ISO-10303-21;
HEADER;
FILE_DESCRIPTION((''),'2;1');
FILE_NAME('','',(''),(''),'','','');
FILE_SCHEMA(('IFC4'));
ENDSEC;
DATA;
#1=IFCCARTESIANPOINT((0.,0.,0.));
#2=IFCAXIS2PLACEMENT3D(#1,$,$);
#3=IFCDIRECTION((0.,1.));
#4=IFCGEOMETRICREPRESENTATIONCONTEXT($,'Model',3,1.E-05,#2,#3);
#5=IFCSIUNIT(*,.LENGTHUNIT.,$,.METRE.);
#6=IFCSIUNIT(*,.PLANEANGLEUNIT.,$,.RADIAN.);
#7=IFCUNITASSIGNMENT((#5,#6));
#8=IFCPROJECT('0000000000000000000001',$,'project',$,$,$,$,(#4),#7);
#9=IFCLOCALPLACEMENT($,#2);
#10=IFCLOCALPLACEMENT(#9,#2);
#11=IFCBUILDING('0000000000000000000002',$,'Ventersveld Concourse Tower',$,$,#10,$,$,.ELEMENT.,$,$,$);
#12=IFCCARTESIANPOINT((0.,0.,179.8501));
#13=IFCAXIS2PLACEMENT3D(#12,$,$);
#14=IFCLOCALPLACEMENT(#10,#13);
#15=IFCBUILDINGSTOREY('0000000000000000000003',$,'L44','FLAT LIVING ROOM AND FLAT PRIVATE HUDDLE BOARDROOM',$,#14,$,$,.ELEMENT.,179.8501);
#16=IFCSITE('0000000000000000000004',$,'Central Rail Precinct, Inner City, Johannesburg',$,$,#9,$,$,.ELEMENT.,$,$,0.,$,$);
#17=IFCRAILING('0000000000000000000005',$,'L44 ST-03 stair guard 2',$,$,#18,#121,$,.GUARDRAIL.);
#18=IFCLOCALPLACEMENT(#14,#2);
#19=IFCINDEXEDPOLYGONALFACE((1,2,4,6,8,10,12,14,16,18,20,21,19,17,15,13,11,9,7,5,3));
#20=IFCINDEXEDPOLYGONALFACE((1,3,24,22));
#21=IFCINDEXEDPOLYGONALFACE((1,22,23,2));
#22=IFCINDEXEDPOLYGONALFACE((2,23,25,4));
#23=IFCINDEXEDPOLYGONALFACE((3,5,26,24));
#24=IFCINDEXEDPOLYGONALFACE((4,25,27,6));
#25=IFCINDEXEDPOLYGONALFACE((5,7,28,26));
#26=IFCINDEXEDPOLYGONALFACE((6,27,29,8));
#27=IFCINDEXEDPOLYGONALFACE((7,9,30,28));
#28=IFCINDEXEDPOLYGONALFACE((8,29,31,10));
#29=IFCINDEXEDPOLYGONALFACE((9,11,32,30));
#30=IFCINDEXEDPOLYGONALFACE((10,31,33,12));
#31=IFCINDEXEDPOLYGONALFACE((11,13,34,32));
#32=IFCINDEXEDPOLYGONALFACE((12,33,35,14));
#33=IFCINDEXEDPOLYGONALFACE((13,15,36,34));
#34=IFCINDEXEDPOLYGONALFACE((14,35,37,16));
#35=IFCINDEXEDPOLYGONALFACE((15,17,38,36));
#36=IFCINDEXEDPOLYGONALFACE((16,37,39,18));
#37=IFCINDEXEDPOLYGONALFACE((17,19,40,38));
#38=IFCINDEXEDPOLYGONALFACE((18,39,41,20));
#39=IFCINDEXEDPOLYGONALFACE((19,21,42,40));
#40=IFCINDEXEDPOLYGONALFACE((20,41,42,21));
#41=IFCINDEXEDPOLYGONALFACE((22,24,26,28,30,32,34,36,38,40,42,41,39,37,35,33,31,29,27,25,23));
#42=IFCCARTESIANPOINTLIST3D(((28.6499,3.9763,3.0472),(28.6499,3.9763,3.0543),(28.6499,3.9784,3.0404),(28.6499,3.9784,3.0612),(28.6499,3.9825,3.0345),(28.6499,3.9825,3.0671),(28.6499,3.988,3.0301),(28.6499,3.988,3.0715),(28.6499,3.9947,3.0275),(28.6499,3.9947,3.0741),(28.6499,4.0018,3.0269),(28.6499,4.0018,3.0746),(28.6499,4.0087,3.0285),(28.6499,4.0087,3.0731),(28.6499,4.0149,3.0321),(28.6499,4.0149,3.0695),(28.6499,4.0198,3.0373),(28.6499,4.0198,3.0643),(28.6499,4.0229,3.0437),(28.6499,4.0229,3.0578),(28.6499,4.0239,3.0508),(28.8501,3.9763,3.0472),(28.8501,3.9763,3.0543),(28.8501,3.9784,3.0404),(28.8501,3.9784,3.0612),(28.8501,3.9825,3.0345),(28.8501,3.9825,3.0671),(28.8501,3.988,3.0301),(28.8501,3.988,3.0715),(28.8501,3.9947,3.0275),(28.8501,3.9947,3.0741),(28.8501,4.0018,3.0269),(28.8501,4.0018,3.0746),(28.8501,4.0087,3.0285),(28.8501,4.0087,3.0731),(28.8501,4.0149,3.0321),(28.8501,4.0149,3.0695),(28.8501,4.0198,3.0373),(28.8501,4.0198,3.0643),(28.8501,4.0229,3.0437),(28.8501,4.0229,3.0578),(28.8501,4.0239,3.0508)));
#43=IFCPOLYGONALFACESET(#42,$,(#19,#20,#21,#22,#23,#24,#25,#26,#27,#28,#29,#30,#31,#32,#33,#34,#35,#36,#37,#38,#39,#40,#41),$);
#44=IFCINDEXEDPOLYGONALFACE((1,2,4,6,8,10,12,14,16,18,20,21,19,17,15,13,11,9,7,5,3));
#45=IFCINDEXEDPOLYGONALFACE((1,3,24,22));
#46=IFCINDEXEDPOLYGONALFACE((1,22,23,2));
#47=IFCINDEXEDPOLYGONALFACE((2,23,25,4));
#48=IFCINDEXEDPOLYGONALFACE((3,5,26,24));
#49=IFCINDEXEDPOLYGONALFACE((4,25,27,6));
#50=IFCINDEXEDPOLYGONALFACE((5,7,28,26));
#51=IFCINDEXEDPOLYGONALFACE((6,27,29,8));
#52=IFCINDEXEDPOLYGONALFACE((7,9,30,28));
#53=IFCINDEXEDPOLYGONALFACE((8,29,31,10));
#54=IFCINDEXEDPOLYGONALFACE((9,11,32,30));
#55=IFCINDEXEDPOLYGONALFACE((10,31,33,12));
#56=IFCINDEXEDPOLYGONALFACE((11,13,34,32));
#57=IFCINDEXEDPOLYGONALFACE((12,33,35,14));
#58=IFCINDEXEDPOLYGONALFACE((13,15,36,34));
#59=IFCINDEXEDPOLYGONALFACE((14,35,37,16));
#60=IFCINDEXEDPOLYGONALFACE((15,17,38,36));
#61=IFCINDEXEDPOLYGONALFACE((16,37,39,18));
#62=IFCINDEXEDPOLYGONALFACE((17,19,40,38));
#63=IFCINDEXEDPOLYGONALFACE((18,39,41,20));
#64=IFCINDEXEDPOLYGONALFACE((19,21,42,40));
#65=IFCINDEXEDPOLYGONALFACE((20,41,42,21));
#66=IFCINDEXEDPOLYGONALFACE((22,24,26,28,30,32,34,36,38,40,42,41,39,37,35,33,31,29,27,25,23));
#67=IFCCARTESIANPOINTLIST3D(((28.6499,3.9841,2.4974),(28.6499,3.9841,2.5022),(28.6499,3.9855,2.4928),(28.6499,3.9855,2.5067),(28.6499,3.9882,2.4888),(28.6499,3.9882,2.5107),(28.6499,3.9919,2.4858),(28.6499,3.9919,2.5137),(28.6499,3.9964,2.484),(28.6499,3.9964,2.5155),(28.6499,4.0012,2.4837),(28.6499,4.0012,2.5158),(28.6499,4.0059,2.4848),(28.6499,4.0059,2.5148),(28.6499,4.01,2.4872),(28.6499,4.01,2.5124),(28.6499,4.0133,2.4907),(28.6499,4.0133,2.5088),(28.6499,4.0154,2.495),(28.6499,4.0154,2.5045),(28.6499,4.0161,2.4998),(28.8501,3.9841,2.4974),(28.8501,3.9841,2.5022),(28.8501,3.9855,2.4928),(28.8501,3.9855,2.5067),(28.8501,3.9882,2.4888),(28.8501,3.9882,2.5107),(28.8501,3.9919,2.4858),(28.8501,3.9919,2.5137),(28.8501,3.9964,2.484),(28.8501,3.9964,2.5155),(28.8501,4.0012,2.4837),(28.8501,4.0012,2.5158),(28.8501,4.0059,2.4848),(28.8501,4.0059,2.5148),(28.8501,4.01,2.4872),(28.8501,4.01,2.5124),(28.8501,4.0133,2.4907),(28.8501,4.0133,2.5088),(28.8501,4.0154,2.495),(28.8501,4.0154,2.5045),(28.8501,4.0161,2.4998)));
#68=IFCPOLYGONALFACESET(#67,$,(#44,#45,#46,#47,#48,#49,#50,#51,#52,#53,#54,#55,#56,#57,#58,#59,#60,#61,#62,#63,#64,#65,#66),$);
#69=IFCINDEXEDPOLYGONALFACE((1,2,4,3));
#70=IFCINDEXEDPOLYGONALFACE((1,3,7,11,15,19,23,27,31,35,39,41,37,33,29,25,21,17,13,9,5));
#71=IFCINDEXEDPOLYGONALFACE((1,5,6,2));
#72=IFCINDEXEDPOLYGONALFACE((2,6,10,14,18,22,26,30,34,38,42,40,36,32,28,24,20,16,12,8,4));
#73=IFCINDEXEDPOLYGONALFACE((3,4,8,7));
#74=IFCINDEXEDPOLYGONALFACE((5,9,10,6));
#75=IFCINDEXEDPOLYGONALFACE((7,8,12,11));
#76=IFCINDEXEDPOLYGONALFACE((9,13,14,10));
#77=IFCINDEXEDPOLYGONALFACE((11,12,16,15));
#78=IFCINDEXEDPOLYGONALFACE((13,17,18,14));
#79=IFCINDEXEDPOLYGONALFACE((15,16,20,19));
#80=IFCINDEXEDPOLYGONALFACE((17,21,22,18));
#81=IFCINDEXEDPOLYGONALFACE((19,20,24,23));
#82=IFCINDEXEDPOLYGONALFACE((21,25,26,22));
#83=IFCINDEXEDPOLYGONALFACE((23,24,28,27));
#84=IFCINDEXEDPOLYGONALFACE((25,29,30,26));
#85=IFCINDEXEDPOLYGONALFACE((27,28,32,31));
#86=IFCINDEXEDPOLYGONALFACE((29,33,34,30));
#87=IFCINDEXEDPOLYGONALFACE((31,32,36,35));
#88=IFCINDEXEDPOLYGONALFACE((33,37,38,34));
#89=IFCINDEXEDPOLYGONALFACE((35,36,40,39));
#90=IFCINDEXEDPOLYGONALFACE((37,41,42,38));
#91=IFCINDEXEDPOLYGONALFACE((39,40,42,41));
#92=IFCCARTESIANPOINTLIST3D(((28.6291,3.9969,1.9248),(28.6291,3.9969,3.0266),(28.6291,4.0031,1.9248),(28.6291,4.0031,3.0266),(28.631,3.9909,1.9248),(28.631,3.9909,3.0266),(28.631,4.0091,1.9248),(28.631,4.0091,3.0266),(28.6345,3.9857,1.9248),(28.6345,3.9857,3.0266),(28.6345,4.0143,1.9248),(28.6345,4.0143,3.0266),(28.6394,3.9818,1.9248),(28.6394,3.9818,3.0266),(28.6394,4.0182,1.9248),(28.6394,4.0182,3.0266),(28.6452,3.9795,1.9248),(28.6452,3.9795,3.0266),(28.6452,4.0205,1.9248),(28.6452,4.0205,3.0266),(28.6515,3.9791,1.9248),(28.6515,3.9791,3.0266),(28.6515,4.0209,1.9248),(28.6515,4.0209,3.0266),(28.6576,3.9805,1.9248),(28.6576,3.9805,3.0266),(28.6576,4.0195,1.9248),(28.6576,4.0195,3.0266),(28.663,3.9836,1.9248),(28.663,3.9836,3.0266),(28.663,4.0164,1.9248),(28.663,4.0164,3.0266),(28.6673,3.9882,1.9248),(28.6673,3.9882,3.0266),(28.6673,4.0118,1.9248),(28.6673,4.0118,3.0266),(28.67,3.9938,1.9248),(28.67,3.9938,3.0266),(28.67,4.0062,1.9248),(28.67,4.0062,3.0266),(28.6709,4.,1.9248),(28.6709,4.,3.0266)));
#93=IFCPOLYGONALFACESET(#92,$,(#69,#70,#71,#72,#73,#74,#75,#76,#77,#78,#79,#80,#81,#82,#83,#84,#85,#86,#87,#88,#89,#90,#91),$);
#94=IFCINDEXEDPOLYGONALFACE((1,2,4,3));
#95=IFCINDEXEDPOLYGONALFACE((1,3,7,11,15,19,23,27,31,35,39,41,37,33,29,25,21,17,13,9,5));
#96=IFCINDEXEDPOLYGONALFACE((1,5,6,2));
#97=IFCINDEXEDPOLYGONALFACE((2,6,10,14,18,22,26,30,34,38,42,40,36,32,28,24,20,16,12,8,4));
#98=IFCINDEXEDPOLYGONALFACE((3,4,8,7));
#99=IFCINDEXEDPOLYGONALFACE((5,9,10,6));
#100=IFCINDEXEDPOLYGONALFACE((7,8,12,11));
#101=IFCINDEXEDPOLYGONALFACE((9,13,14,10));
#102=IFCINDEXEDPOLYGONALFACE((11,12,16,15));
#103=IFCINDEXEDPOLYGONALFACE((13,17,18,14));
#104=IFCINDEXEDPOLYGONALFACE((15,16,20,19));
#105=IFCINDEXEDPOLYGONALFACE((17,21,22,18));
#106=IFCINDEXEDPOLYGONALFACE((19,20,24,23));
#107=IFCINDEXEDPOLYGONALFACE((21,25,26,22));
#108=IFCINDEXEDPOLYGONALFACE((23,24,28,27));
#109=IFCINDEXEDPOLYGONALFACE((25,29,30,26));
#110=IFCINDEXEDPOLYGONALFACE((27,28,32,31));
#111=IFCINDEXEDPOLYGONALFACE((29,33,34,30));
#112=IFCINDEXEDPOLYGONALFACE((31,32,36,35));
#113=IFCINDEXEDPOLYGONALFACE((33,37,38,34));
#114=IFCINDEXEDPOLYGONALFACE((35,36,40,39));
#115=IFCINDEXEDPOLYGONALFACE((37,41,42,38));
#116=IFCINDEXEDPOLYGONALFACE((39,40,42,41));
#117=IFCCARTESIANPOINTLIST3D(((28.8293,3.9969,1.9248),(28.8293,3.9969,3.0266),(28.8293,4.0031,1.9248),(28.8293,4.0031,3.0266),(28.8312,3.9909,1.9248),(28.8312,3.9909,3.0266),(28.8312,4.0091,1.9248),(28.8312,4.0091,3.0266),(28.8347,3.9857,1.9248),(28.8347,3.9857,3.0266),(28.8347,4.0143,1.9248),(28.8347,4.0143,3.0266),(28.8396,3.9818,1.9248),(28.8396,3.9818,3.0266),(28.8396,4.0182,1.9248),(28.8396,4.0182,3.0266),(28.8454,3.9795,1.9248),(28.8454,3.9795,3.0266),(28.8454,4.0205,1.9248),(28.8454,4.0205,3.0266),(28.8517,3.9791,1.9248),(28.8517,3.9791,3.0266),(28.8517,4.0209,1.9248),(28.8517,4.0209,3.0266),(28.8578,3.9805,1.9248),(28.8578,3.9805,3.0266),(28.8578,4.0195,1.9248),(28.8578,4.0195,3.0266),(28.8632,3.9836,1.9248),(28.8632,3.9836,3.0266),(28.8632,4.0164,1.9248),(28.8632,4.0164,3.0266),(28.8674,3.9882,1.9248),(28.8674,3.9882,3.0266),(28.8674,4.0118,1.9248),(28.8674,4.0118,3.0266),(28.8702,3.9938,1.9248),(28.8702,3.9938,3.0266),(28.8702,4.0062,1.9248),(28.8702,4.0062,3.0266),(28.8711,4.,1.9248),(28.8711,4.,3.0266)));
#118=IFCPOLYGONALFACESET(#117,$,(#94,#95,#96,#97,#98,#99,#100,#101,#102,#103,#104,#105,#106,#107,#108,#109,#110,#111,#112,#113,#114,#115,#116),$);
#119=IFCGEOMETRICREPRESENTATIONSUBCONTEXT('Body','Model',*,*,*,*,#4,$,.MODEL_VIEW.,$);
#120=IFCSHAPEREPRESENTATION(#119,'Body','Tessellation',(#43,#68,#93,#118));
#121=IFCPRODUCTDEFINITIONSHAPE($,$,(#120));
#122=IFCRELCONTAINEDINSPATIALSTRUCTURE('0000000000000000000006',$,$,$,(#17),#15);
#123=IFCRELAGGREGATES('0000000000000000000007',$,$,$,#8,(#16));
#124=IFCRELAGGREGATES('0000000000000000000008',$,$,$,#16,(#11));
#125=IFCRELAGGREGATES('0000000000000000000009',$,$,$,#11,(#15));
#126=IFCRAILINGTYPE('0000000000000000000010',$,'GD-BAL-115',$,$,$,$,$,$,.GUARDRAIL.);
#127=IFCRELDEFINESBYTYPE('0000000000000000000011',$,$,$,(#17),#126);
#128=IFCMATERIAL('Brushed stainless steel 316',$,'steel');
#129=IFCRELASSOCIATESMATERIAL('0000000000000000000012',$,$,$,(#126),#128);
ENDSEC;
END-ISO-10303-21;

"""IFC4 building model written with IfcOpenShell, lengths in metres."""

from ifc_helpers import new_model, si_unit, direction, frame, origin, origin_2d, place, context, subcontext, project, spatial, circle, extrude, material, type_object, element, save


model = new_model("IFC4")

# Units and contexts
model_context = context("Model", 3, precision=1e-05, world=origin(), true_north=direction((0.0, 1.0)))
body_context = subcontext(model_context, "Body", "Model", "MODEL_VIEW")
ifc_project = project(units=[si_unit("LENGTHUNIT", "METRE"), si_unit("PLANEANGLEUNIT", "RADIAN")], contexts=[model_context])

# Site, building, storey
site_placement = place(None, origin())
site = spatial("IfcSite", under=ifc_project, at=site_placement, Name="Central Rail Precinct, Inner City, Johannesburg", CompositionType="ELEMENT", RefElevation=0.0)
building_placement = place(site_placement, origin())
building = spatial("IfcBuilding", under=site, at=building_placement, Name="Ventersveld Concourse Tower", CompositionType="ELEMENT")
storey_placement = place(building_placement, frame((0.0, 0.0, 179.8501)))
storey = spatial("IfcBuildingStorey", under=building, at=storey_placement, Name="L44", Description="FLAT LIVING ROOM AND FLAT PRIVATE HUDDLE BOARDROOM", CompositionType="ELEMENT", Elevation=179.8501)

# Shared definitions
ifc_material_1 = material(Name="Brushed stainless steel 316", Category="steel")

# Railing
railing_type_1 = type_object("IfcRailingType", Name="GD-BAL-115", PredefinedType="GUARDRAIL", material=ifc_material_1)
railing_1_placement = place(storey_placement, frame((28.6499, 4.0, 1.9248)))
element("IfcRailing", 1, at=railing_1_placement, inside=storey, type_object=railing_type_1, Name="L44 ST-03 stair guard 2", PredefinedType="GUARDRAIL", context=body_context, shape_type="SweptSolid", body=[
    extrude(circle(Radius=0.0239, at=origin_2d()), frame((0.0, 0.0, 1.126), z_axis=(1.0, 0.0, 0.0), x_axis=(0.0, 1.0, 0.0)), (0.0, 0.0, 1.0), 0.2002),
    extrude(circle(Radius=0.0161, at=origin_2d()), frame((0.0, 0.0, 0.575), z_axis=(1.0, 0.0, 0.0), x_axis=(0.0, 1.0, 0.0)), (0.0, 0.0, 1.0), 0.2002),
    extrude(circle(Radius=0.021, at=origin_2d()), origin(), (0.0, 0.0, 1.0), 1.1018),
    extrude(circle(Radius=0.021, at=origin_2d()), frame((0.2002, 0.0, 0.0)), (0.0, 0.0, 1.0), 1.1018),
])

save(model, "model.ifc")
